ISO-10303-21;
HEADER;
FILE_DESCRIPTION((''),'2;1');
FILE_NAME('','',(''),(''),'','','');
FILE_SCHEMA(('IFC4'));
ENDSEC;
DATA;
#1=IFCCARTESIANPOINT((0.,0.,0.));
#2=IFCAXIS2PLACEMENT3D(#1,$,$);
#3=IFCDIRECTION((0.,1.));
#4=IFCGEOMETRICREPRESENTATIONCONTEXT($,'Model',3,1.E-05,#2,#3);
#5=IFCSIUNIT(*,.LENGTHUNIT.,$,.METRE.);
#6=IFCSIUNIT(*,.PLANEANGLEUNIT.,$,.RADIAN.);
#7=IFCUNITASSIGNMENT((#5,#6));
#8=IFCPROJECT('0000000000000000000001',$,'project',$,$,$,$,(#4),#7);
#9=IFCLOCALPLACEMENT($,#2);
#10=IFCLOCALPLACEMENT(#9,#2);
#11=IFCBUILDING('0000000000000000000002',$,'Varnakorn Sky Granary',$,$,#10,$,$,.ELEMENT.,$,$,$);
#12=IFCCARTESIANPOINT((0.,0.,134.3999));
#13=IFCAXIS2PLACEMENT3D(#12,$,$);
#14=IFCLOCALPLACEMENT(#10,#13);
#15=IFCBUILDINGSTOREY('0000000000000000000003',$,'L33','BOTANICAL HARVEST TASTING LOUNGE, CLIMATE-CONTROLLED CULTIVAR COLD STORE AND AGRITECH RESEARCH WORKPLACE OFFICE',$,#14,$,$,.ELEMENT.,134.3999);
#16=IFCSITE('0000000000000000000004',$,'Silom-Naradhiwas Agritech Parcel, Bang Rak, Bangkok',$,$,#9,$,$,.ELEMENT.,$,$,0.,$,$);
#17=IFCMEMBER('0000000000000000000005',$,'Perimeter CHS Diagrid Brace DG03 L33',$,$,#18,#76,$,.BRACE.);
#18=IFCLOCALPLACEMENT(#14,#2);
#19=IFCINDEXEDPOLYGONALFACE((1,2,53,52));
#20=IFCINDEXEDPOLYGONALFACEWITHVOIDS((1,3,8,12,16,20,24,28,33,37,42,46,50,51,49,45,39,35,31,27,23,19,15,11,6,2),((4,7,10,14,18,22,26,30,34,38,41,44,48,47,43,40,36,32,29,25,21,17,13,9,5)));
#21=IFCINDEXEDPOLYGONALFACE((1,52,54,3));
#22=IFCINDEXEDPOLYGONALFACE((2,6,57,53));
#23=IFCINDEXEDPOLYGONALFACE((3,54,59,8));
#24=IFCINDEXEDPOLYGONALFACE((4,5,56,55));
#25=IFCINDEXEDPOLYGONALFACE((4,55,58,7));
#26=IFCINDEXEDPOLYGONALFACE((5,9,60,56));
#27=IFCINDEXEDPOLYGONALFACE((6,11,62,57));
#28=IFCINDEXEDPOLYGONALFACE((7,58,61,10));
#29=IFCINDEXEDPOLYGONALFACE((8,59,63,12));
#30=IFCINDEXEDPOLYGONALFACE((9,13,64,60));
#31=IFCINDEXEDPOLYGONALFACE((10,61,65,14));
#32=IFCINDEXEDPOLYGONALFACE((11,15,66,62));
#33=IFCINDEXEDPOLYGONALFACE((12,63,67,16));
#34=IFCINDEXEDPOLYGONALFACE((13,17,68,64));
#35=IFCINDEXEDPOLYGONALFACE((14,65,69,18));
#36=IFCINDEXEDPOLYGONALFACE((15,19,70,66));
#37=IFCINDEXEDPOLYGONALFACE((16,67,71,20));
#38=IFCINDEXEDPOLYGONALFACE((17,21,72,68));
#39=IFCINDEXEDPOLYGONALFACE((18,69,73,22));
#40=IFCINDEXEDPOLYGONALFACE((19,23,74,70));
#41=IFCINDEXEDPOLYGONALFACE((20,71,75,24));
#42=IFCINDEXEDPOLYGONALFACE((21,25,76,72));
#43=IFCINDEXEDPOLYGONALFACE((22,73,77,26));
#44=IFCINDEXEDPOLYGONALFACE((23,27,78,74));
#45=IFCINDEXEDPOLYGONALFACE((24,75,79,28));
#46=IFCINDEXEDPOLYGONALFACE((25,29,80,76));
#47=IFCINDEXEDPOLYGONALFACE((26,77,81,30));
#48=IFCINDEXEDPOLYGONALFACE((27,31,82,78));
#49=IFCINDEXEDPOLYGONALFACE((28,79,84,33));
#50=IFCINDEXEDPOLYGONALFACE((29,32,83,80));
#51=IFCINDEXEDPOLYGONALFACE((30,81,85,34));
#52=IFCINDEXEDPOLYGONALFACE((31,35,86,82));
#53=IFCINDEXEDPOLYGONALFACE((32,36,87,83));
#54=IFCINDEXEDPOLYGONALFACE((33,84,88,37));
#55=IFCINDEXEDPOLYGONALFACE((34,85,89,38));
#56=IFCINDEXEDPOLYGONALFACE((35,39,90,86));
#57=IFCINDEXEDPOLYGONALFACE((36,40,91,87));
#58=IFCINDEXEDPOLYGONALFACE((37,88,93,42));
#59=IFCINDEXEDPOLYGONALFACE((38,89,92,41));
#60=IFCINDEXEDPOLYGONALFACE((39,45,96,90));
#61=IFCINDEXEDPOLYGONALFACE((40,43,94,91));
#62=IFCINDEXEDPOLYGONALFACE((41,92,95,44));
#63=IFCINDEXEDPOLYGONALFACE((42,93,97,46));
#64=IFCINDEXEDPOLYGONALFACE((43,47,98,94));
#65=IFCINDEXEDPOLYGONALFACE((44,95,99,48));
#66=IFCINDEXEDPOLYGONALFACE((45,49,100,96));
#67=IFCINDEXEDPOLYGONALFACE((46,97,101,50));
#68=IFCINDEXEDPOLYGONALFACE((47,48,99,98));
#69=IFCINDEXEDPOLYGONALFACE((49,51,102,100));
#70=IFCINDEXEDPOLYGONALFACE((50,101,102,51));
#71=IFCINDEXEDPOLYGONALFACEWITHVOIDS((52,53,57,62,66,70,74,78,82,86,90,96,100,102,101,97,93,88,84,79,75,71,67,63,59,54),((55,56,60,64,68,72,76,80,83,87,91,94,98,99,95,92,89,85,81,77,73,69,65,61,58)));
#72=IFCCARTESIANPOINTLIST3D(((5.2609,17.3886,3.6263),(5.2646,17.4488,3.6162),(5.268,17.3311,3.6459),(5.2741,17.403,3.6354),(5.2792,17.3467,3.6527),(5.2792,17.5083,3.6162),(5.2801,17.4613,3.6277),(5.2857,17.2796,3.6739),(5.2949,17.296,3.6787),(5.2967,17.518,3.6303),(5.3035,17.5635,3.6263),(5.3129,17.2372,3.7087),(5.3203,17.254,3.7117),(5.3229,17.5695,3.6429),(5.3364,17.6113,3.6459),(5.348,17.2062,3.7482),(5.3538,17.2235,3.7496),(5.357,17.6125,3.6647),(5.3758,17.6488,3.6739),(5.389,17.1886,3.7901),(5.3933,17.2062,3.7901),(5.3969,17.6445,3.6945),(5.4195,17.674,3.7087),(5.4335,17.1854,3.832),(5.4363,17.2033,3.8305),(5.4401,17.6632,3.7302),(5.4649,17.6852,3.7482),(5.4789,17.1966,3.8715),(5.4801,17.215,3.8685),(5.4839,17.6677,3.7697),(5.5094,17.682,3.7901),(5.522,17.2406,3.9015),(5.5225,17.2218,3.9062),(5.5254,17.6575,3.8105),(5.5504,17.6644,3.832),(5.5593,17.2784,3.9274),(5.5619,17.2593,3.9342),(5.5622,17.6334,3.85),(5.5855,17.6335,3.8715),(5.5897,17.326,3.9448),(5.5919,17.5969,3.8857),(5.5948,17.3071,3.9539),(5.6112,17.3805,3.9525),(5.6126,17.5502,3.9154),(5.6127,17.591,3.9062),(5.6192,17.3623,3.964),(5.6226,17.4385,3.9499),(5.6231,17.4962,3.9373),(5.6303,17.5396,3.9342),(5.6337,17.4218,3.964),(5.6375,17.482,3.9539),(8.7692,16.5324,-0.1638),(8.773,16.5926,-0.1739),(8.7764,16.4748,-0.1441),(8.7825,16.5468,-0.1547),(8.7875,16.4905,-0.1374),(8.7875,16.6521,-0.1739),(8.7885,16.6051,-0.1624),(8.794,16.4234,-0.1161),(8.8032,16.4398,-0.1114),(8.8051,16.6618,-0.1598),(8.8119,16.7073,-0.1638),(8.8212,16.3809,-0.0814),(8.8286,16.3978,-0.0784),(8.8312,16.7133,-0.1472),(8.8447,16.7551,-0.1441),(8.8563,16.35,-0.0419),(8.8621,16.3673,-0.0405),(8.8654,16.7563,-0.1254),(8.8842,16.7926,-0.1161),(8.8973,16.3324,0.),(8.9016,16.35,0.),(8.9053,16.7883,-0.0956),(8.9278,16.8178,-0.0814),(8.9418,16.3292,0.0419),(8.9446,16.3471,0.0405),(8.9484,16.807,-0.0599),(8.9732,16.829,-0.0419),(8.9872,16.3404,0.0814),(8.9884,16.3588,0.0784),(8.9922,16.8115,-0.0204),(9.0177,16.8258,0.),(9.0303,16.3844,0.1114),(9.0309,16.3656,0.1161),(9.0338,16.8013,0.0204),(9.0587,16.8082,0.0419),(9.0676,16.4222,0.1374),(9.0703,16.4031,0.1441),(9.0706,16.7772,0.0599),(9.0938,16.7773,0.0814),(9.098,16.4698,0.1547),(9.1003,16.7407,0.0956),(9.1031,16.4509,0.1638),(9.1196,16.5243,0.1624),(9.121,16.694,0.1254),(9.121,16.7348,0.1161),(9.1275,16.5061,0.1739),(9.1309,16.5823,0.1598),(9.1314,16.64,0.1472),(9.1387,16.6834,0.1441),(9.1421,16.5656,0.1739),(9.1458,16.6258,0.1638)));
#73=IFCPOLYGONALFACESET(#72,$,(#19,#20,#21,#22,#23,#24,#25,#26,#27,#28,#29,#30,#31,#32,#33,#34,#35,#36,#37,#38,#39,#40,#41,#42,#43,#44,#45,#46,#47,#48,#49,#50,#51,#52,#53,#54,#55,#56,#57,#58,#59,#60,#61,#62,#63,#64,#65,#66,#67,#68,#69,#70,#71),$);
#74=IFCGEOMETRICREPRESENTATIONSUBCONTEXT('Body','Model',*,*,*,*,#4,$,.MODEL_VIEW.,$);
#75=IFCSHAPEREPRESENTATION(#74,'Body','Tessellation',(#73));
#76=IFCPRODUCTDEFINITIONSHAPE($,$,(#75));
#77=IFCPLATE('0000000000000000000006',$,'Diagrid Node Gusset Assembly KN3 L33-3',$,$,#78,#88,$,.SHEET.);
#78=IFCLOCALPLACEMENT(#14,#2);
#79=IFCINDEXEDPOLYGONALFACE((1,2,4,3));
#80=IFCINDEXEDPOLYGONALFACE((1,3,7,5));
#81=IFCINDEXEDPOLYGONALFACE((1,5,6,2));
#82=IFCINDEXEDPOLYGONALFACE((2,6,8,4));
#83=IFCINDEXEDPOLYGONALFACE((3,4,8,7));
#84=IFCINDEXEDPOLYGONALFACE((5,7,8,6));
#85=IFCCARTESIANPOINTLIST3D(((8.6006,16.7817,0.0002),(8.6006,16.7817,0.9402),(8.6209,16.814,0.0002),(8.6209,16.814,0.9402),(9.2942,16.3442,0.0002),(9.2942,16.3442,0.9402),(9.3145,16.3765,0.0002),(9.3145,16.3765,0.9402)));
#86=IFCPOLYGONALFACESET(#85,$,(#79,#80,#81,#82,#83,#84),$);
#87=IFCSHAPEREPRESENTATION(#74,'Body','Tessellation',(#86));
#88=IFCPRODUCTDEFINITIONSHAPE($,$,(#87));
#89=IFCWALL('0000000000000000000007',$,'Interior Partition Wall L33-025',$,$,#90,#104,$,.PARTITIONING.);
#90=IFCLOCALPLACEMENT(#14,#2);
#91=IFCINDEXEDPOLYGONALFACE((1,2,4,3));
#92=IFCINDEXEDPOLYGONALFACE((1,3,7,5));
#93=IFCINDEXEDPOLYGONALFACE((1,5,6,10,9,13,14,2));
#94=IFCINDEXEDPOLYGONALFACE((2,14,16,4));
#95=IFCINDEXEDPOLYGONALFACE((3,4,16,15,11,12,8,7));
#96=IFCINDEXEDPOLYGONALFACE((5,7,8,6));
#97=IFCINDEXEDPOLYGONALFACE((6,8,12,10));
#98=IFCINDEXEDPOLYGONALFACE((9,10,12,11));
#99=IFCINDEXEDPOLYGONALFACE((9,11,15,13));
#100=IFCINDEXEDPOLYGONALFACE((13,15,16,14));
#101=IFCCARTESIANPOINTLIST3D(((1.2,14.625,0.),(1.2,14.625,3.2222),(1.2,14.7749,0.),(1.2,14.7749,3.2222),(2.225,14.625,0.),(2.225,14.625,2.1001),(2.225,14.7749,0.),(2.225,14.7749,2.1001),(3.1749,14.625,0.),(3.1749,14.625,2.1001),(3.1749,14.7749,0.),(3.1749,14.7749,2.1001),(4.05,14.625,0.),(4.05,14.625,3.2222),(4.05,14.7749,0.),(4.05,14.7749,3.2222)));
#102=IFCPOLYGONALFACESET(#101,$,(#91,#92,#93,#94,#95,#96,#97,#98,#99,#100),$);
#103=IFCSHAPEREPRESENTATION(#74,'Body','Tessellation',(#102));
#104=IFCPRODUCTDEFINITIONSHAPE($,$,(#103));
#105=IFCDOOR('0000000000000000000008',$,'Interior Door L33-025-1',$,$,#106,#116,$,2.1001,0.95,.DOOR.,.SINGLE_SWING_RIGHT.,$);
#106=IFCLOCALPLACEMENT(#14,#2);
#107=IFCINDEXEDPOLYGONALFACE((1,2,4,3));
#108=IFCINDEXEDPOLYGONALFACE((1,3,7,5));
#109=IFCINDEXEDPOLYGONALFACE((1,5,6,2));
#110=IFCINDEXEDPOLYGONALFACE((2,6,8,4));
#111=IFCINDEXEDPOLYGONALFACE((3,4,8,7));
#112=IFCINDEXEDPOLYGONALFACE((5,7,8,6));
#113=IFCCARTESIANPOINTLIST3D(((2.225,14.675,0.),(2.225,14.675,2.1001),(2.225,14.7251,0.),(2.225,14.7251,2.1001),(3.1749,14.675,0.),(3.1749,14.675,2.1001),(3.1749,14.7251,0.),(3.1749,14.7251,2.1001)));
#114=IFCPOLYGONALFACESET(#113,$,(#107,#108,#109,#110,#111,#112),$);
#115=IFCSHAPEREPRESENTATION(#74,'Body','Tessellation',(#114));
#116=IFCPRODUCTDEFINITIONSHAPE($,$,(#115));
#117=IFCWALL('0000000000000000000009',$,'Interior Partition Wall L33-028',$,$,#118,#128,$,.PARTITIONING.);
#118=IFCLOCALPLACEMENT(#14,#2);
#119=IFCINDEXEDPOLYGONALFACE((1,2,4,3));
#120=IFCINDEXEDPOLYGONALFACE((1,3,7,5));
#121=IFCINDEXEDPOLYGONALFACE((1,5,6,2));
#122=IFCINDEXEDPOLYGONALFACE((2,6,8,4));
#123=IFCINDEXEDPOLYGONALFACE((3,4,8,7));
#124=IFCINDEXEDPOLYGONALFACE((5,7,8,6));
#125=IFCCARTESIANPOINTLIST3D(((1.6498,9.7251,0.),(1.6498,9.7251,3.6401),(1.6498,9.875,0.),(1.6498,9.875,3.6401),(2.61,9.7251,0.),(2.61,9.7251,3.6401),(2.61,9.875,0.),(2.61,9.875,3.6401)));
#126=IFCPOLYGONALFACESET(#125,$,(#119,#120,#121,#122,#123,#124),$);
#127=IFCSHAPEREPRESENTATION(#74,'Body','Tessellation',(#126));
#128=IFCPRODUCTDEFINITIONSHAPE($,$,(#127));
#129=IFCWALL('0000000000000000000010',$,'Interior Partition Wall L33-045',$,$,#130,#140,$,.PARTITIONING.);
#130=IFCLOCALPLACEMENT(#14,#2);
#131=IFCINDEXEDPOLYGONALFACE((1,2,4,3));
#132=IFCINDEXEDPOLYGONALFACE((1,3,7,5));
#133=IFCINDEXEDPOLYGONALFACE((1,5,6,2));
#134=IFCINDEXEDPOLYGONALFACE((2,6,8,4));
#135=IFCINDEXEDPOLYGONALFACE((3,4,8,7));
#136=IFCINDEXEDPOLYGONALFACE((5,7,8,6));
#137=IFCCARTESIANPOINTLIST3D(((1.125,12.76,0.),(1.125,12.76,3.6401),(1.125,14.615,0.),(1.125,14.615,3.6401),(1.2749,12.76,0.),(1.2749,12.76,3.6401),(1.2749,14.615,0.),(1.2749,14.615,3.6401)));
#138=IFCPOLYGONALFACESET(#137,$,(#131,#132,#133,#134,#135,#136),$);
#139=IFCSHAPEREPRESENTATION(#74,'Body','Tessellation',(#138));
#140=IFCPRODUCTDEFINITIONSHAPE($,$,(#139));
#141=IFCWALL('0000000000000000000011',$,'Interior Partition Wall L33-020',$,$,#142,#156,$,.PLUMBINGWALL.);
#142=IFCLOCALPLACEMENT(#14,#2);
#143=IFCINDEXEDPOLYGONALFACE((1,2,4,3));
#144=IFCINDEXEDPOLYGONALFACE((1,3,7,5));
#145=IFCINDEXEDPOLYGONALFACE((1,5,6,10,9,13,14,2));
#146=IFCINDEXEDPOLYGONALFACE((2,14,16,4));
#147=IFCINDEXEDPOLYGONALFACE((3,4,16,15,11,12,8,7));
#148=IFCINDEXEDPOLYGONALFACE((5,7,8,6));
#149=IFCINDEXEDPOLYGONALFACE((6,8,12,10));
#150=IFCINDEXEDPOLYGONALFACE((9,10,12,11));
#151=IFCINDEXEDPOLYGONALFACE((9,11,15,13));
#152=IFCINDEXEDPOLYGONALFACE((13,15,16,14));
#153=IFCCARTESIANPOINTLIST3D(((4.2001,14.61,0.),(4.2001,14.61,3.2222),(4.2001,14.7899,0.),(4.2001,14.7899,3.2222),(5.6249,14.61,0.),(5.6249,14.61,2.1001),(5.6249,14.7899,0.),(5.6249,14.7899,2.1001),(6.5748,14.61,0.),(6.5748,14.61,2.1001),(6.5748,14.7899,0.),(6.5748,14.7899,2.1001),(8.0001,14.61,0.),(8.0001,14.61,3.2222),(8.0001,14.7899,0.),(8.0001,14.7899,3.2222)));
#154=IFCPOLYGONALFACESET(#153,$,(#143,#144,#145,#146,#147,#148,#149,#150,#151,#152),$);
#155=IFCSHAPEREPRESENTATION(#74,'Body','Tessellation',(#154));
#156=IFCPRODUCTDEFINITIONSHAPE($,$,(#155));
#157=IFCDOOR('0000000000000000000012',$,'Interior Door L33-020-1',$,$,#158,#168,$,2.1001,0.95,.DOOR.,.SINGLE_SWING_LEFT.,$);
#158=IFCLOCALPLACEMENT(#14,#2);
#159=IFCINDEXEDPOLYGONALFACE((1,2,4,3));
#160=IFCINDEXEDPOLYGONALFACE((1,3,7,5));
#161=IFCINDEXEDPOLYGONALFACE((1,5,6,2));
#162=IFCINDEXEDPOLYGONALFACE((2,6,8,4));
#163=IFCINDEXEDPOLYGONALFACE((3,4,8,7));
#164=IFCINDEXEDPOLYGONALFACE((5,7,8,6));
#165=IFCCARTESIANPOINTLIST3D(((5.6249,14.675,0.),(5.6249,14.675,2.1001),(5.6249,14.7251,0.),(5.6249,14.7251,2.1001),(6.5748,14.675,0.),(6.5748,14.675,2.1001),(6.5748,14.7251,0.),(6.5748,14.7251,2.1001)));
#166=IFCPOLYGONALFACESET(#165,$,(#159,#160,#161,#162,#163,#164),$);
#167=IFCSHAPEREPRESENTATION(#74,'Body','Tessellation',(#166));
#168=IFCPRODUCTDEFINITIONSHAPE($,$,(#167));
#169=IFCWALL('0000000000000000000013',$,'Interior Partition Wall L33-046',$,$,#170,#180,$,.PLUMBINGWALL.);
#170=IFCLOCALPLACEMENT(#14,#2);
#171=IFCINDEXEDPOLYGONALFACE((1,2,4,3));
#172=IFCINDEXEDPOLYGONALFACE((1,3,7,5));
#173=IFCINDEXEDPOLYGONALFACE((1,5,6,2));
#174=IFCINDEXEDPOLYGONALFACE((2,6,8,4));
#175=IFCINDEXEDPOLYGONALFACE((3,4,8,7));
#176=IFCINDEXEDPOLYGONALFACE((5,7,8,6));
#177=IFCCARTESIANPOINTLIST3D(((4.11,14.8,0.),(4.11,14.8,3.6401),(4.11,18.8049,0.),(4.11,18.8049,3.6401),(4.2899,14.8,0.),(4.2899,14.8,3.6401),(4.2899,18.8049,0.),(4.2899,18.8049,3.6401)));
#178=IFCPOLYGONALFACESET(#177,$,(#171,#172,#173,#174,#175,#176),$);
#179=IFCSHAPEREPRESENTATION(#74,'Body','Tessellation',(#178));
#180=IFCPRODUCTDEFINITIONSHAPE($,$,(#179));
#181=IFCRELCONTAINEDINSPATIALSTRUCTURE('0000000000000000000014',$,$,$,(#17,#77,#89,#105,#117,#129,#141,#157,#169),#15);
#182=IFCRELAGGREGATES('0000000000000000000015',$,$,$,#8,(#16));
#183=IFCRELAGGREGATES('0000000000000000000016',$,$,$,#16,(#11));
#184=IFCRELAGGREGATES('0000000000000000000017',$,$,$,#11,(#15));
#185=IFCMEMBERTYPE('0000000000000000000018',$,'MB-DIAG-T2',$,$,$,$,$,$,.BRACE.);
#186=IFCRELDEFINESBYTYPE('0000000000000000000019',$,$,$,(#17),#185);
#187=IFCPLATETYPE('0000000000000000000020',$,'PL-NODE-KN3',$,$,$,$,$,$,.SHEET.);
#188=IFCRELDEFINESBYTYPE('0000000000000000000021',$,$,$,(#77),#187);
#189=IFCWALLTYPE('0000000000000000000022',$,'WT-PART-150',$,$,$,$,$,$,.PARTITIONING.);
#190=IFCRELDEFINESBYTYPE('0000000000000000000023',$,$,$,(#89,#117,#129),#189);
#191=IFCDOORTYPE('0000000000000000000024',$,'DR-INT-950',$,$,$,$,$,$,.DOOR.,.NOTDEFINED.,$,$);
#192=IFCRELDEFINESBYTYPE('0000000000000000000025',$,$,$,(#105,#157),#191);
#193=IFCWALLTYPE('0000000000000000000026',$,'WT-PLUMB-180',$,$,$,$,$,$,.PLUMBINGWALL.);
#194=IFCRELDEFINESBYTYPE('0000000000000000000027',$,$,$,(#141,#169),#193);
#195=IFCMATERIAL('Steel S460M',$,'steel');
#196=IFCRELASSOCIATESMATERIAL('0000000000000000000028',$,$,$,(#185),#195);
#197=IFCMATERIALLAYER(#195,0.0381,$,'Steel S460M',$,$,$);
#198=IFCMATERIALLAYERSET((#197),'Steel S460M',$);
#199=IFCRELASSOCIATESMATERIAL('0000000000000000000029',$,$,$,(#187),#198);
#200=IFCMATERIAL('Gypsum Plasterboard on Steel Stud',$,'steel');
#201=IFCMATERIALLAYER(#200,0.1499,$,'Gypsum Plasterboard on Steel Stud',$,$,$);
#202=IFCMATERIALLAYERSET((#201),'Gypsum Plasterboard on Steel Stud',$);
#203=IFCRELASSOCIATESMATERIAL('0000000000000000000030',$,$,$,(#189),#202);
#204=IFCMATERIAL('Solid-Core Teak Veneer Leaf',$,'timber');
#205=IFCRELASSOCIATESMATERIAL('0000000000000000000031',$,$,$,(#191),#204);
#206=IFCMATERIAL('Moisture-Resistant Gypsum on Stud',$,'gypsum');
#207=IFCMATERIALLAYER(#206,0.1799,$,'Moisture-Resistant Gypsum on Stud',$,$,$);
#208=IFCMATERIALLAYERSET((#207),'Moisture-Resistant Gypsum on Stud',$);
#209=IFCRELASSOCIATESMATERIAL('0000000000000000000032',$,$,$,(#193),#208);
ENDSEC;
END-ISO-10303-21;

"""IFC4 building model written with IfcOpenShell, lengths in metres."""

from ifc_helpers import new_model, si_unit, direction, frame, frame_2d, origin, origin_2d, place, context, subcontext, project, spatial, rectangle, hollow_circle, extrude, material, layer, layer_set, material_profile, profile_set, type_object, element, fill, save


model = new_model("IFC4")

# Units and contexts
model_context = context("Model", 3, precision=1e-05, world=origin(), true_north=direction((0.0, 1.0)))
body_context = subcontext(model_context, "Body", "Model", "MODEL_VIEW")
ifc_project = project(units=[si_unit("LENGTHUNIT", "METRE"), si_unit("PLANEANGLEUNIT", "RADIAN")], contexts=[model_context])

# Site, building, storey
site_placement = place(None, origin())
site = spatial("IfcSite", under=ifc_project, at=site_placement, Name="Silom-Naradhiwas Agritech Parcel, Bang Rak, Bangkok", CompositionType="ELEMENT", RefElevation=0.0)
building_placement = place(site_placement, origin())
building = spatial("IfcBuilding", under=site, at=building_placement, Name="Varnakorn Sky Granary", CompositionType="ELEMENT")
storey_placement = place(building_placement, frame((0.0, 0.0, 134.3999)))
storey = spatial("IfcBuildingStorey", under=building, at=storey_placement, Name="L33", Description="BOTANICAL HARVEST TASTING LOUNGE, CLIMATE-CONTROLLED CULTIVAR COLD STORE AND AGRITECH RESEARCH WORKPLACE OFFICE", CompositionType="ELEMENT", Elevation=134.3999)

# Shared definitions
ifc_material_1 = material(Name="Steel S460M", Category="steel")

# Member
ifc_material_profile_1 = material_profile(ifc_material_1, hollow_circle(Radius=0.2539, WallThickness=0.0181, at=origin_2d()), Name="CHS 508x18")
ifc_profile_set_1 = profile_set([ifc_material_profile_1], Name="Steel S460M")
member_type_1 = type_object("IfcMemberType", Name="MB-DIAG-T2", PredefinedType="BRACE", material=ifc_profile_set_1)
member_1_placement = place(storey_placement, frame((8.9575, 16.5791, 0.0), z_axis=(-0.670157, 0.163552, 0.723975), x_axis=(-0.237092, -0.971487, 0.0)))
element("IfcMember", 1, at=member_1_placement, inside=storey, type_object=member_type_1, Name="Perimeter CHS Diagrid Brace DG03 L33", PredefinedType="BRACE", context=body_context, shape_type="SweptSolid", body=[
    extrude(hollow_circle(Radius=0.2539, WallThickness=0.0181, at=origin_2d()), origin(), (0.0, 0.0, 1.0), 5.2351),
])

# Plate
ifc_layer_1 = layer(ifc_material_1, 0.0381, Name="Steel S460M")
ifc_layer_set_1 = layer_set([ifc_layer_1], Name="Steel S460M")
plate_type = type_object("IfcPlateType", Name="PL-NODE-KN3", PredefinedType="SHEET", material=ifc_layer_set_1)
plate_placement = place(storey_placement, frame((8.9575, 16.5791, 0.0002), z_axis=(0.0, 0.0, 1.0), x_axis=(-0.845801, 0.533498, 0.0)))
element("IfcPlate", 2, at=plate_placement, inside=storey, type_object=plate_type, Name="Diagrid Node Gusset Assembly KN3 L33-3", PredefinedType="SHEET", context=body_context, shape_type="SweptSolid", body=[
    extrude(rectangle(XDim=0.8201, YDim=0.0381, at=origin_2d()), origin(), (0.0, 0.0, 1.0), 0.9399),
])

# Wall, opening, door
ifc_material_2 = material(Name="Gypsum Plasterboard on Steel Stud", Category="steel")
ifc_layer_2 = layer(ifc_material_2, 0.1499, Name="Gypsum Plasterboard on Steel Stud")
ifc_layer_set_2 = layer_set([ifc_layer_2], Name="Gypsum Plasterboard on Steel Stud")
wall_type_1 = type_object("IfcWallType", Name="WT-PART-150", PredefinedType="PARTITIONING", material=ifc_layer_set_2)
wall_1_placement = place(storey_placement, frame((4.05, 14.7, 0.0), z_axis=(0.0, 0.0, 1.0), x_axis=(-1.0, 0.0, 0.0)))
wall_1 = element("IfcWall", 3, at=wall_1_placement, inside=storey, type_object=wall_type_1, Name="Interior Partition Wall L33-025", PredefinedType="PARTITIONING", context=body_context, shape_type="SweptSolid", body=[
    extrude(rectangle(XDim=2.8501, YDim=0.1499, at=frame_2d((1.425, 0.0))), origin(), (0.0, 0.0, 1.0), 3.2222),
])
opening_1_placement = place(wall_1_placement, frame((0.875, 0.0, 0.0)))
opening_1 = element("IfcOpeningElement", 4, at=opening_1_placement, cuts=wall_1, PredefinedType="OPENING", context=body_context, shape_type="SweptSolid", body=[
    extrude(rectangle(XDim=0.95, YDim=2.1001, at=frame_2d((0.4751, 1.05))), frame((0.0, 0.085, 0.0), z_axis=(0.0, -1.0, 0.0), x_axis=(1.0, 0.0, 0.0)), (0.0, 0.0, 1.0), 0.1699),
])
ifc_material_3 = material(Name="Solid-Core Teak Veneer Leaf", Category="timber")
door_type = type_object("IfcDoorType", Name="DR-INT-950", OperationType="NOTDEFINED", PredefinedType="DOOR", material=ifc_material_3)
door_1_placement = place(opening_1_placement, origin())
door_1 = element("IfcDoor", 5, at=door_1_placement, inside=storey, type_object=door_type, Name="Interior Door L33-025-1", OperationType="SINGLE_SWING_RIGHT", OverallHeight=2.1001, OverallWidth=0.95, PredefinedType="DOOR", context=body_context, shape_type="SweptSolid", body=[
    extrude(rectangle(XDim=0.95, YDim=2.1001, at=frame_2d((0.4751, 1.05))), frame((0.0, 0.0249, 0.0), z_axis=(0.0, -1.0, 0.0), x_axis=(1.0, 0.0, 0.0)), (0.0, 0.0, 1.0), 0.05),
])
fill(opening_1, door_1)

# Walls
wall_2_placement = place(storey_placement, frame((1.6499, 9.8, 0.0), z_axis=(0.0, 0.0, 1.0), x_axis=(1.0, 0.0, 0.0)))
element("IfcWall", 6, at=wall_2_placement, inside=storey, type_object=wall_type_1, Name="Interior Partition Wall L33-028", PredefinedType="PARTITIONING", context=body_context, shape_type="SweptSolid", body=[
    extrude(rectangle(XDim=0.9602, YDim=0.1499, at=frame_2d((0.48, 0.0))), origin(), (0.0, 0.0, 1.0), 3.6401),
])
wall_3_placement = place(storey_placement, frame((1.2, 14.615, 0.0), z_axis=(0.0, 0.0, 1.0), x_axis=(0.0, -1.0, 0.0)))
element("IfcWall", 7, at=wall_3_placement, inside=storey, type_object=wall_type_1, Name="Interior Partition Wall L33-045", PredefinedType="PARTITIONING", context=body_context, shape_type="SweptSolid", body=[
    extrude(rectangle(XDim=1.855, YDim=0.1499, at=frame_2d((0.9275, 0.0))), origin(), (0.0, 0.0, 1.0), 3.6401),
])

# Wall, opening, door
ifc_material_4 = material(Name="Moisture-Resistant Gypsum on Stud", Category="gypsum")
ifc_layer_3 = layer(ifc_material_4, 0.1799, Name="Moisture-Resistant Gypsum on Stud")
ifc_layer_set_3 = layer_set([ifc_layer_3], Name="Moisture-Resistant Gypsum on Stud")
wall_type_2 = type_object("IfcWallType", Name="WT-PLUMB-180", PredefinedType="PLUMBINGWALL", material=ifc_layer_set_3)
wall_4_placement = place(storey_placement, frame((8.0, 14.7, 0.0), z_axis=(0.0, 0.0, 1.0), x_axis=(-1.0, 0.0, 0.0)))
wall_4 = element("IfcWall", 8, at=wall_4_placement, inside=storey, type_object=wall_type_2, Name="Interior Partition Wall L33-020", PredefinedType="PLUMBINGWALL", context=body_context, shape_type="SweptSolid", body=[
    extrude(rectangle(XDim=3.8, YDim=0.1799, at=frame_2d((1.8999, 0.0))), origin(), (0.0, 0.0, 1.0), 3.2222),
])
opening_2_placement = place(wall_4_placement, frame((1.425, 0.0, 0.0)))
opening_2 = element("IfcOpeningElement", 9, at=opening_2_placement, cuts=wall_4, PredefinedType="OPENING", context=body_context, shape_type="SweptSolid", body=[
    extrude(rectangle(XDim=0.95, YDim=2.1001, at=frame_2d((0.4751, 1.05))), frame((0.0, 0.1001, 0.0), z_axis=(0.0, -1.0, 0.0), x_axis=(1.0, 0.0, 0.0)), (0.0, 0.0, 1.0), 0.2),
])
door_2_placement = place(opening_2_placement, origin())
door_2 = element("IfcDoor", 10, at=door_2_placement, inside=storey, type_object=door_type, Name="Interior Door L33-020-1", OperationType="SINGLE_SWING_LEFT", OverallHeight=2.1001, OverallWidth=0.95, PredefinedType="DOOR", context=body_context, shape_type="SweptSolid", body=[
    extrude(rectangle(XDim=0.95, YDim=2.1001, at=frame_2d((0.4751, 1.05))), frame((0.0, 0.0249, 0.0), z_axis=(0.0, -1.0, 0.0), x_axis=(1.0, 0.0, 0.0)), (0.0, 0.0, 1.0), 0.05),
])
fill(opening_2, door_2)

# Wall
wall_5_placement = place(storey_placement, frame((4.2, 18.8049, 0.0), z_axis=(0.0, 0.0, 1.0), x_axis=(0.0, -1.0, 0.0)))
element("IfcWall", 11, at=wall_5_placement, inside=storey, type_object=wall_type_2, Name="Interior Partition Wall L33-046", PredefinedType="PLUMBINGWALL", context=body_context, shape_type="SweptSolid", body=[
    extrude(rectangle(XDim=4.0049, YDim=0.1799, at=frame_2d((2.0024, 0.0))), origin(), (0.0, 0.0, 1.0), 3.6401),
])

save(model, "model.ifc")
